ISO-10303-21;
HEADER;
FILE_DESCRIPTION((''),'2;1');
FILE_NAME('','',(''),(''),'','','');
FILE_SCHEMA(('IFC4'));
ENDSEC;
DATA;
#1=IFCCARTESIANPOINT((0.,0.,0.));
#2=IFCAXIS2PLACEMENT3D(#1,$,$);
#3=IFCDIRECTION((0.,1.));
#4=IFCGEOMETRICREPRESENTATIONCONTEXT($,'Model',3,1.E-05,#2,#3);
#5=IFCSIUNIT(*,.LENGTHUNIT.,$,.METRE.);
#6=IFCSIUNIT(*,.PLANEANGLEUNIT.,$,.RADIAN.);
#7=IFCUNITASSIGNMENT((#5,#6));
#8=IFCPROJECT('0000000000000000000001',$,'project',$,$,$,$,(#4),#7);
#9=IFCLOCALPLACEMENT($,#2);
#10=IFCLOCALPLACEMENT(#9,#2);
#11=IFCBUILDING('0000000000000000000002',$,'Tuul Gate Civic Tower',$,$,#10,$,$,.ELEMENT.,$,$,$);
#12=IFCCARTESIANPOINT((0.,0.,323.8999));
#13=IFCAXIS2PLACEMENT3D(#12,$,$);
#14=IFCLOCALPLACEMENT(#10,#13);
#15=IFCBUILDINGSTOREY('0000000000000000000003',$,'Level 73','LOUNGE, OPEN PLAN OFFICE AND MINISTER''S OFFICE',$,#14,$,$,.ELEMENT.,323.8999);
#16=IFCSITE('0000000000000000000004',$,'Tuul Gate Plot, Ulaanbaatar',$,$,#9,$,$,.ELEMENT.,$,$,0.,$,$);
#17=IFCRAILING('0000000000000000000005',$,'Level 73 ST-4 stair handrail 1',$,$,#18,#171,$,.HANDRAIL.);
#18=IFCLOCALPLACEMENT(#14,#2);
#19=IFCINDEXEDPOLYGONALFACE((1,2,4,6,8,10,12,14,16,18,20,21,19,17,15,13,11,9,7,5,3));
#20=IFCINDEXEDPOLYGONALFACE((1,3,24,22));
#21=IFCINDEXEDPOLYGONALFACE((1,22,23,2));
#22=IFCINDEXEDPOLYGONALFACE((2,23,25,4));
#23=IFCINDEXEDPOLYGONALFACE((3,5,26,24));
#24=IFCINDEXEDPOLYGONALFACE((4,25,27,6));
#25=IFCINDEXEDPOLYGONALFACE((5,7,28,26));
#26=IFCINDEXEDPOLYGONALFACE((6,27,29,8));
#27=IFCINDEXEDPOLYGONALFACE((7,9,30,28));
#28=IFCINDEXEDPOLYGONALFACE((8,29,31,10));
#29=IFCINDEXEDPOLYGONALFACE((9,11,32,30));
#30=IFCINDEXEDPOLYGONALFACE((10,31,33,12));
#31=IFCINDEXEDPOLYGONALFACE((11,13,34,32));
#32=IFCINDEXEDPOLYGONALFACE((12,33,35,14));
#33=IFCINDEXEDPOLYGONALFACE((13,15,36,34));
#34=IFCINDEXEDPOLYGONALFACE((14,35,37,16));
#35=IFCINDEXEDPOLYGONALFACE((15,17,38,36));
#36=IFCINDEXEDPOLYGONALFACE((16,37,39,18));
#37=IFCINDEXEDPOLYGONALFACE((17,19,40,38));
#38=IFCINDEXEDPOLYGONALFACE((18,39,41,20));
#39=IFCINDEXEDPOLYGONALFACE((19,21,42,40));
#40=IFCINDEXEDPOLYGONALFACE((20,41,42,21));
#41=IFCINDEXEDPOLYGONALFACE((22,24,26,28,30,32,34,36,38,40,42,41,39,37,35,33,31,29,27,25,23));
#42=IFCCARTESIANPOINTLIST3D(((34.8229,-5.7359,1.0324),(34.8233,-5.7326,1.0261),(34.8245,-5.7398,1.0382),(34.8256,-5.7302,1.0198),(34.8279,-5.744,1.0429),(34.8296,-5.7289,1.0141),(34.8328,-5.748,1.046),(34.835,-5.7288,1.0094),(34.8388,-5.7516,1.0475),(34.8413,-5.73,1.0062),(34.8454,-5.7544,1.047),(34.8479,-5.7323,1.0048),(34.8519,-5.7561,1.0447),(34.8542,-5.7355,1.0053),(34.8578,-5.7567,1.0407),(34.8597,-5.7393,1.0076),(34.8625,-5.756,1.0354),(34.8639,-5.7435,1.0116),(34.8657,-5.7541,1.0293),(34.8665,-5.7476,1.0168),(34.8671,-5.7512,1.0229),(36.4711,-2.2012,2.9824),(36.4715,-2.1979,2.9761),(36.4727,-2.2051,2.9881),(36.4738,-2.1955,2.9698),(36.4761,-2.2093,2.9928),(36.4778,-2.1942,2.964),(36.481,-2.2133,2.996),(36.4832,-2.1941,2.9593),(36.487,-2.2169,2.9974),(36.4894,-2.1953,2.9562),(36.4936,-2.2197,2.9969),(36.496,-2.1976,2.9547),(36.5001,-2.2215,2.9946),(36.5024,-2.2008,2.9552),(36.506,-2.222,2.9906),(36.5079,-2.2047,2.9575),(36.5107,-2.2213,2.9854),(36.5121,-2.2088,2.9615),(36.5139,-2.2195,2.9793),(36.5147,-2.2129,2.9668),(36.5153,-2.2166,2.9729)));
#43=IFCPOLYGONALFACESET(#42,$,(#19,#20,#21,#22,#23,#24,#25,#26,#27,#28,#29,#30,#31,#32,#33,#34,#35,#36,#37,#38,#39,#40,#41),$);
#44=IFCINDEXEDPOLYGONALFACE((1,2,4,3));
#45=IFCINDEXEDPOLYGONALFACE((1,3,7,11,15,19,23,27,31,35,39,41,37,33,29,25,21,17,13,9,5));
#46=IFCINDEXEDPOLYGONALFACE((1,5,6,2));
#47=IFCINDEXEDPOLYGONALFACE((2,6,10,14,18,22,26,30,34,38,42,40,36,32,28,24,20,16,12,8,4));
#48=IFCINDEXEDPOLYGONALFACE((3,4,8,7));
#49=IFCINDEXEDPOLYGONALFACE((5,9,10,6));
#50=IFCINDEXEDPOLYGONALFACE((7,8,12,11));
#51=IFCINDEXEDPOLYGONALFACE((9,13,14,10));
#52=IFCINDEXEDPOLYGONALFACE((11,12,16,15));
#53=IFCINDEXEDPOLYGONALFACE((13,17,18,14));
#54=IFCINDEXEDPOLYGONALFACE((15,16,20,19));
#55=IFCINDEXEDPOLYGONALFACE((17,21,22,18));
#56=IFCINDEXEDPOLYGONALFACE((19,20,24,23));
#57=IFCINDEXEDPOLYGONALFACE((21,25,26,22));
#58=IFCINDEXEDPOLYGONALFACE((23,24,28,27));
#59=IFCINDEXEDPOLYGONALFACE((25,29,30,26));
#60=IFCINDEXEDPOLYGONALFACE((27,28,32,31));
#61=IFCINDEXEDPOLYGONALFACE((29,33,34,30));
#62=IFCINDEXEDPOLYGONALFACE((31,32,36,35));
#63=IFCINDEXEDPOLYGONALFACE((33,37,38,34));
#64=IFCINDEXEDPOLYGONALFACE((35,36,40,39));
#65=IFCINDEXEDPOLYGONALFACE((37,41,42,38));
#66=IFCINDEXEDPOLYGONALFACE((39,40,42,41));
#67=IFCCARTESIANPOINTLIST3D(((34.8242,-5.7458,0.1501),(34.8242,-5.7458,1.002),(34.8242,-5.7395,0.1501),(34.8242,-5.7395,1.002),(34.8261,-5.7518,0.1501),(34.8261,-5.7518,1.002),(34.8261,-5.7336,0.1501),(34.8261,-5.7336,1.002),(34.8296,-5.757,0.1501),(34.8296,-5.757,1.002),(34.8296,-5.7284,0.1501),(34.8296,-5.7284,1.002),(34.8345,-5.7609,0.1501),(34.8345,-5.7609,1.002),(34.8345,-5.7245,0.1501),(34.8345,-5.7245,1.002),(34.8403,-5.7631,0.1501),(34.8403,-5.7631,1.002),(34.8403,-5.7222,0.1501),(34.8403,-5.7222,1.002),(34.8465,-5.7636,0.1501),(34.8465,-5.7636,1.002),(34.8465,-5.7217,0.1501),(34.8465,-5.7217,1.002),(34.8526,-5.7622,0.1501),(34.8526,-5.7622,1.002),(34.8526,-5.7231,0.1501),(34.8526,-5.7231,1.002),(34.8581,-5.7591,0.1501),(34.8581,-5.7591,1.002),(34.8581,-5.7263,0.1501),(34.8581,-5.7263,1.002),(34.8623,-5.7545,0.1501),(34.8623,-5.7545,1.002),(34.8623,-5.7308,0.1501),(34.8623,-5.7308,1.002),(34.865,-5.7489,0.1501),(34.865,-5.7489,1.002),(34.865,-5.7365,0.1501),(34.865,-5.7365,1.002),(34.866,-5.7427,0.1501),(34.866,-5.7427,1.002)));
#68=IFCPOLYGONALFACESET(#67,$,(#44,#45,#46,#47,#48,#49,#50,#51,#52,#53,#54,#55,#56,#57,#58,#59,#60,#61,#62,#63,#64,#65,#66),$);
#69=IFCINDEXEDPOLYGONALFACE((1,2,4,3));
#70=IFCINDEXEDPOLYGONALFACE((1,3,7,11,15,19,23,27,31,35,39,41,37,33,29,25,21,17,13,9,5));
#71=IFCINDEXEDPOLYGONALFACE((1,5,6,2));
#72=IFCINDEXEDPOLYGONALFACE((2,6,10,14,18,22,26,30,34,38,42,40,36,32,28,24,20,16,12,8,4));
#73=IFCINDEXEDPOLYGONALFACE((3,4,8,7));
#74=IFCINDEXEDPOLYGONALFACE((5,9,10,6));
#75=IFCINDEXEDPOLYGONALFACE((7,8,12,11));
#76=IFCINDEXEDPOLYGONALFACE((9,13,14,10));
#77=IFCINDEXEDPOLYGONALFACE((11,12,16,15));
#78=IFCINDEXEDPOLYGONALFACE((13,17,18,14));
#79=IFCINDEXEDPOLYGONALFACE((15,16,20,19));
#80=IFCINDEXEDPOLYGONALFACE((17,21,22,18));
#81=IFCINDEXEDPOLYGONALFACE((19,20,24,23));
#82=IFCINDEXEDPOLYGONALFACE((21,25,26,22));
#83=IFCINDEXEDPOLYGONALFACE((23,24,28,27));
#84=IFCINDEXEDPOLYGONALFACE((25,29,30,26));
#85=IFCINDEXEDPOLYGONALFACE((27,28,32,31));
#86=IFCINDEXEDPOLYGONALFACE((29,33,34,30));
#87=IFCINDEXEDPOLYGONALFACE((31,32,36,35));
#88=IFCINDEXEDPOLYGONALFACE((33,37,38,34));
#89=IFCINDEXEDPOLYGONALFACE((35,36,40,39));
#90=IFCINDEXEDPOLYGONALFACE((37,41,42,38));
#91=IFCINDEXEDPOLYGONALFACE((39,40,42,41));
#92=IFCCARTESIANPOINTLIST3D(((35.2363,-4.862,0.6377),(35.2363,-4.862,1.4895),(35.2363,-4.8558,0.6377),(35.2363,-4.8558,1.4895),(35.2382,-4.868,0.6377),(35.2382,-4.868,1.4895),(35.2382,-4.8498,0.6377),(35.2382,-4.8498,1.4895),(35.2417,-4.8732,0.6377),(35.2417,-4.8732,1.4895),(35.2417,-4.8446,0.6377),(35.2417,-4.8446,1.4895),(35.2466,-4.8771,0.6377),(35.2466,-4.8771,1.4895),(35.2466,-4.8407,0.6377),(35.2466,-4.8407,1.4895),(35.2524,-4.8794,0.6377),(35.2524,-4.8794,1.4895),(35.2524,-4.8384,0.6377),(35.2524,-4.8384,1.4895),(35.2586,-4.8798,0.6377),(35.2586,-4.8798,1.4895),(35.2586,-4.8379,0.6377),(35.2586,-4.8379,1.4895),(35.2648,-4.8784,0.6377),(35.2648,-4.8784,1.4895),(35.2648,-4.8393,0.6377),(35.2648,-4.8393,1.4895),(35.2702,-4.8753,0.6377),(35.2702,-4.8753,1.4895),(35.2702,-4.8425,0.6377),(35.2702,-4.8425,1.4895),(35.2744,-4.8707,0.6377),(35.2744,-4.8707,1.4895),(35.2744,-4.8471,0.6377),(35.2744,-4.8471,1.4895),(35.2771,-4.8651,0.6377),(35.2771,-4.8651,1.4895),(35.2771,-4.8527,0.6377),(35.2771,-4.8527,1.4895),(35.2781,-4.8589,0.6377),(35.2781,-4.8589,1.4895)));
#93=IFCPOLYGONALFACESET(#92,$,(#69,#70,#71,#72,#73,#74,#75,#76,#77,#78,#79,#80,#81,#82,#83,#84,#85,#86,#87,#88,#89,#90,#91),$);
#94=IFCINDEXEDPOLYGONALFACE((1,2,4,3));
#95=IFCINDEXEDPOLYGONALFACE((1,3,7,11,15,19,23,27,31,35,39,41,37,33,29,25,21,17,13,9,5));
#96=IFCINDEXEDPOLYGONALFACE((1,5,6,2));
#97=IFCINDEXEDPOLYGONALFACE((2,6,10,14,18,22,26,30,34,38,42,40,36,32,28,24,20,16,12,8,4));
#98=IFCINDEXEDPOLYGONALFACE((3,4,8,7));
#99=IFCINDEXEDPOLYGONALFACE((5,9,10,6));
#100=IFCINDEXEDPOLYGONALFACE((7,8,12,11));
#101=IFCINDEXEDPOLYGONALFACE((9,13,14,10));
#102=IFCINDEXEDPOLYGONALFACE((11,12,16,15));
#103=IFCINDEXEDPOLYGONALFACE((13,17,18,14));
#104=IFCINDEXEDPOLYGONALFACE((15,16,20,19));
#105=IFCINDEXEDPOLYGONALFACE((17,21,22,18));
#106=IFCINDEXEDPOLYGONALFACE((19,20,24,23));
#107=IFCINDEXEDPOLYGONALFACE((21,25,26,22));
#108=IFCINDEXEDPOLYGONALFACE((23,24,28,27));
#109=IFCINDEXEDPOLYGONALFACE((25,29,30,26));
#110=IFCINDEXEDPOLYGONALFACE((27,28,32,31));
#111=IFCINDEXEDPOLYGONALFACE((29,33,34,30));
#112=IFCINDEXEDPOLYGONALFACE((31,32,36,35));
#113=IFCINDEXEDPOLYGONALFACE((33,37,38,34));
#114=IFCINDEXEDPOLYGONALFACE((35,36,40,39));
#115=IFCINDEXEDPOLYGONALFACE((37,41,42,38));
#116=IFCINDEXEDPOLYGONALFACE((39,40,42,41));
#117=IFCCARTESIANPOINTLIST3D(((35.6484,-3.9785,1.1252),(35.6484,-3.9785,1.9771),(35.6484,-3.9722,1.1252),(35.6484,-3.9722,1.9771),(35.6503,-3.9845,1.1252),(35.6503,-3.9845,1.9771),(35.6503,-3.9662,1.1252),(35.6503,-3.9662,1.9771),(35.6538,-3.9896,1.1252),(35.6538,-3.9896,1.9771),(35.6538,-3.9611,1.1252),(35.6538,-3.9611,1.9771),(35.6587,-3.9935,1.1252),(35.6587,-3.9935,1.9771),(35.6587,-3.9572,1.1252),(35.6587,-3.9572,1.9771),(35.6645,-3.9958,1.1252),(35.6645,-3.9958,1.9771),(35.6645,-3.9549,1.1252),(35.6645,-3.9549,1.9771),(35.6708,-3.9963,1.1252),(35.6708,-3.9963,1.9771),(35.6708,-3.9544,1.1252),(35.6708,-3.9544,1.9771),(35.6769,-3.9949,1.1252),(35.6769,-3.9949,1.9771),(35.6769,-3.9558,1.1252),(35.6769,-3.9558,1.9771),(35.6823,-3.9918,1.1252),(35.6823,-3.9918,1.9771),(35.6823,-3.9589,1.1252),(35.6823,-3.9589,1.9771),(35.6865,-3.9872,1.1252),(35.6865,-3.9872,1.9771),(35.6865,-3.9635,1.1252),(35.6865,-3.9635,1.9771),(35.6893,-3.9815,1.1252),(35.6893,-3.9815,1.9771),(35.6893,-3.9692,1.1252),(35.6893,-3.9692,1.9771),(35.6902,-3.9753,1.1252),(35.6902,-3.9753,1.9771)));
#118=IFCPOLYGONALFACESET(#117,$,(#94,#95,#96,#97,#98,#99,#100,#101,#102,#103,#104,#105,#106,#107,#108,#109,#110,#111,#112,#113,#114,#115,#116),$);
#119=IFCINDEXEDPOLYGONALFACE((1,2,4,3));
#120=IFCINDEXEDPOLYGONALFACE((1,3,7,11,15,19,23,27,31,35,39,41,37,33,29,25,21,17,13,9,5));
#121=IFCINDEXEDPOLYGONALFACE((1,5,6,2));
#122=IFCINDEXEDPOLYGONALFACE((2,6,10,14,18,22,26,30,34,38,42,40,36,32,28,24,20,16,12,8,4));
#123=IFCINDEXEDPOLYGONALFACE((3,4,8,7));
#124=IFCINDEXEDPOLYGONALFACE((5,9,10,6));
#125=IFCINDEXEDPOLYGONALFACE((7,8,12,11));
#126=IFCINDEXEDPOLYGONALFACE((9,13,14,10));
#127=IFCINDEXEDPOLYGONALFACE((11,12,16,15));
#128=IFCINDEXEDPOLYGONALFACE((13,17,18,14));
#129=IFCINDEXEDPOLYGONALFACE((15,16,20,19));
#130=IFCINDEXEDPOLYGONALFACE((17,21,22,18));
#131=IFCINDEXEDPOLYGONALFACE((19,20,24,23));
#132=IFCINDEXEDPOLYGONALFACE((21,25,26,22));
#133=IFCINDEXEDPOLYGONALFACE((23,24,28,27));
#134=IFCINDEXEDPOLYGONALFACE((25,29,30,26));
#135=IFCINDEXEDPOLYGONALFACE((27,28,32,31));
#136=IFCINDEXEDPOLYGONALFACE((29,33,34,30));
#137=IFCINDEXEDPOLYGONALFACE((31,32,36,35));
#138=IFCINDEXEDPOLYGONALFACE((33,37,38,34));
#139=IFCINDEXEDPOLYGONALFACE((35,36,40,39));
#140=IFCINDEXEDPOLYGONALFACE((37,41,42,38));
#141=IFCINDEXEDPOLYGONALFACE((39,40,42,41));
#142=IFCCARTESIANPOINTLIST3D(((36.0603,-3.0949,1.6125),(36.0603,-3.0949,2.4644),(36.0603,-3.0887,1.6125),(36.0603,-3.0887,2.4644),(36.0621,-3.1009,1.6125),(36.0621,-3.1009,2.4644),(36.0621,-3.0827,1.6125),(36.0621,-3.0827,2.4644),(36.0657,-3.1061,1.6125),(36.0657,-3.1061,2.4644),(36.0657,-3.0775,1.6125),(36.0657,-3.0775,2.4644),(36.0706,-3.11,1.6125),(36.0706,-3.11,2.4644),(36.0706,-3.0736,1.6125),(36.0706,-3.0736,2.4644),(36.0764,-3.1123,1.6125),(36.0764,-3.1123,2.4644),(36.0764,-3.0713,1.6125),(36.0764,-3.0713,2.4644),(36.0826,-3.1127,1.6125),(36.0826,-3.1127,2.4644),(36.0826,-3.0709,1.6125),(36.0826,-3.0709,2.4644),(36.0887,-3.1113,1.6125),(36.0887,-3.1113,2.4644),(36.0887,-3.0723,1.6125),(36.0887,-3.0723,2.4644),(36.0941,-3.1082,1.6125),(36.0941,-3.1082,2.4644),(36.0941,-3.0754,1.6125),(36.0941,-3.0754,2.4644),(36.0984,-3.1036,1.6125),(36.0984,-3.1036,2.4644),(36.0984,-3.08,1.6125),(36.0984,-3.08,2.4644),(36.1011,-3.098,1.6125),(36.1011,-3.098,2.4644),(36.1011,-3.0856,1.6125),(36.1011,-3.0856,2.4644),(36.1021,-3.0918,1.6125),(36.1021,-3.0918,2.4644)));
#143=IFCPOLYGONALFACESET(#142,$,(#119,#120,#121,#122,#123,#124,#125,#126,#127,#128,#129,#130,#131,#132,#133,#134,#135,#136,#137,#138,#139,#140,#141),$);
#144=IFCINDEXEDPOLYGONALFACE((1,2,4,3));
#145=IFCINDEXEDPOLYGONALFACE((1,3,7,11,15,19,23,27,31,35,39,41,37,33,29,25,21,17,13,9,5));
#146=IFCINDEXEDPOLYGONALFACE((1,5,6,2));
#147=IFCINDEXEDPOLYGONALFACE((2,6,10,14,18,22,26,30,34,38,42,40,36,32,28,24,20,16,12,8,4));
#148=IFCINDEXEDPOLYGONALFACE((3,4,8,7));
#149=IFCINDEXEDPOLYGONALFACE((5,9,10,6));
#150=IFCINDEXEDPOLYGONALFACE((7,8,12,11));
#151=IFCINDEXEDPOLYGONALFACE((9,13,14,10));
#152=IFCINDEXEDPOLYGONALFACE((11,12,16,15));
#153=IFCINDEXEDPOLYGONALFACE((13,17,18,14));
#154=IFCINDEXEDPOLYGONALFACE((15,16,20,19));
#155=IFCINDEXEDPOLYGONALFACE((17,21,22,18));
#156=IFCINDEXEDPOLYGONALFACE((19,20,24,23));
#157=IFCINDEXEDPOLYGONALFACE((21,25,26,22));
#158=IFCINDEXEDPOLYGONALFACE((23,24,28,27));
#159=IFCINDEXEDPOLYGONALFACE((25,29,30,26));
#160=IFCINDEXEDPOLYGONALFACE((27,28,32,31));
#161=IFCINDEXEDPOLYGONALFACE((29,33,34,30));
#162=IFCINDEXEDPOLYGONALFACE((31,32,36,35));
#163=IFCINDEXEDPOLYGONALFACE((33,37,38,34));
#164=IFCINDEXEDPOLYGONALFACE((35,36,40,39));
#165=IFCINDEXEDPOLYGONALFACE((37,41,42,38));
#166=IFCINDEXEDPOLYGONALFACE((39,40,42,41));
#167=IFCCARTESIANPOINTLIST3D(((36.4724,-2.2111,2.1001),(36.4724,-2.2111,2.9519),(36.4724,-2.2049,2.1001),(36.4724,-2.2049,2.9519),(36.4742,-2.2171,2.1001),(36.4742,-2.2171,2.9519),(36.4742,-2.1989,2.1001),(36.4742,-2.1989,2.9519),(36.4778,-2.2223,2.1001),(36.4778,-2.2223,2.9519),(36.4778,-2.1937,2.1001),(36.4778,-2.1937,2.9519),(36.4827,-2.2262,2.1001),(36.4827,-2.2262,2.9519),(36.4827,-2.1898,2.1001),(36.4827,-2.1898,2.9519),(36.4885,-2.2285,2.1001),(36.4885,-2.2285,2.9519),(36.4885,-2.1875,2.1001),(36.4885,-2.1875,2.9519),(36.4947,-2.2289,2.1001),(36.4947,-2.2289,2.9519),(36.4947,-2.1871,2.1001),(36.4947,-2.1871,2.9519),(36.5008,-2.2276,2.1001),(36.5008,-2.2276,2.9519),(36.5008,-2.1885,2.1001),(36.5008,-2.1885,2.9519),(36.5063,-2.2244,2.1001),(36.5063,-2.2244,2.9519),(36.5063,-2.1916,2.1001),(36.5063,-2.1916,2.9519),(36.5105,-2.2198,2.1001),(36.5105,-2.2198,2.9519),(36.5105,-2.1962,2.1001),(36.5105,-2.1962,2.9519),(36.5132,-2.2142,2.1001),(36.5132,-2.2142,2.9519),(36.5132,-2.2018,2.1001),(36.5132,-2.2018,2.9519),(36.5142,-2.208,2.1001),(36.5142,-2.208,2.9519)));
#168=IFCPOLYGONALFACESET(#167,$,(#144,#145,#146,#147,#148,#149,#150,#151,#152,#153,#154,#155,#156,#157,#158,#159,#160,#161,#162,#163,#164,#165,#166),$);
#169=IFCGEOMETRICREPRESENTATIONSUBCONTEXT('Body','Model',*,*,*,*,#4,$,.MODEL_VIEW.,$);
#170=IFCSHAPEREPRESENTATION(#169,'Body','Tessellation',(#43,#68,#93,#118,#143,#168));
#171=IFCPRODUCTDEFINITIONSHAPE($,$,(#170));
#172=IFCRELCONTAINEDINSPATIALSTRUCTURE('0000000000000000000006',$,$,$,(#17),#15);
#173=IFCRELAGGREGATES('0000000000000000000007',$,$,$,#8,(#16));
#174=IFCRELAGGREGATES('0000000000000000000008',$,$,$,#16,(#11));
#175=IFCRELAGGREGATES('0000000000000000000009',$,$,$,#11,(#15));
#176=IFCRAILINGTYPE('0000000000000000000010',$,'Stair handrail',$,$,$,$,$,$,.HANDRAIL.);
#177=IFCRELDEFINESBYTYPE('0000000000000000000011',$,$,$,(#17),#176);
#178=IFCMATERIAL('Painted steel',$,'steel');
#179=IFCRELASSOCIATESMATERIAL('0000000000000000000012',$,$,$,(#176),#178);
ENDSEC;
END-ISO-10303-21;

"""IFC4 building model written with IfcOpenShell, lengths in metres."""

from ifc_helpers import new_model, si_unit, direction, frame, origin, origin_2d, place, context, subcontext, project, spatial, circle, extrude, material, type_object, element, save


model = new_model("IFC4")

# Units and contexts
model_context = context("Model", 3, precision=1e-05, world=origin(), true_north=direction((0.0, 1.0)))
body_context = subcontext(model_context, "Body", "Model", "MODEL_VIEW")
ifc_project = project(units=[si_unit("LENGTHUNIT", "METRE"), si_unit("PLANEANGLEUNIT", "RADIAN")], contexts=[model_context])

# Site, building, storey
site_placement = place(None, origin())
site = spatial("IfcSite", under=ifc_project, at=site_placement, Name="Tuul Gate Plot, Ulaanbaatar", CompositionType="ELEMENT", RefElevation=0.0)
building_placement = place(site_placement, origin())
building = spatial("IfcBuilding", under=site, at=building_placement, Name="Tuul Gate Civic Tower", CompositionType="ELEMENT")
storey_placement = place(building_placement, frame((0.0, 0.0, 323.8999)))
storey = spatial("IfcBuildingStorey", under=building, at=storey_placement, Name="Level 73", Description="LOUNGE, OPEN PLAN OFFICE AND MINISTER'S OFFICE", CompositionType="ELEMENT", Elevation=323.8999)

# Railing
ifc_material_1 = material(Name="Painted steel", Category="steel")
railing_type_1 = type_object("IfcRailingType", Name="Stair handrail", PredefinedType="HANDRAIL", material=ifc_material_1)
railing_1_placement = place(storey_placement, frame((34.845, -5.7427, 0.1501)))
element("IfcRailing", 1, at=railing_1_placement, inside=storey, type_object=railing_type_1, Name="Level 73 ST-4 stair handrail 1", PredefinedType="HANDRAIL", context=body_context, shape_type="SweptSolid", body=[
    extrude(circle(Radius=0.0239, at=origin_2d()), frame((0.0, 0.0, 0.876), z_axis=(0.377995, 0.810637, 0.4472), x_axis=(-0.906313, 0.422608, 0.0)), (0.0, 0.0, 1.0), 4.3604),
    extrude(circle(Radius=0.021, at=origin_2d()), origin(), (0.0, 0.0, 1.0), 0.8518),
    extrude(circle(Radius=0.021, at=origin_2d()), frame((0.4121, 0.8838, 0.4875)), (0.0, 0.0, 1.0), 0.8518),
    extrude(circle(Radius=0.021, at=origin_2d()), frame((0.8242, 1.7673, 0.9751)), (0.0, 0.0, 1.0), 0.8518),
    extrude(circle(Radius=0.021, at=origin_2d()), frame((1.2361, 2.6509, 1.4624)), (0.0, 0.0, 1.0), 0.8518),
    extrude(circle(Radius=0.021, at=origin_2d()), frame((1.6482, 3.5347, 1.95)), (0.0, 0.0, 1.0), 0.8518),
])

save(model, "model.ifc")
